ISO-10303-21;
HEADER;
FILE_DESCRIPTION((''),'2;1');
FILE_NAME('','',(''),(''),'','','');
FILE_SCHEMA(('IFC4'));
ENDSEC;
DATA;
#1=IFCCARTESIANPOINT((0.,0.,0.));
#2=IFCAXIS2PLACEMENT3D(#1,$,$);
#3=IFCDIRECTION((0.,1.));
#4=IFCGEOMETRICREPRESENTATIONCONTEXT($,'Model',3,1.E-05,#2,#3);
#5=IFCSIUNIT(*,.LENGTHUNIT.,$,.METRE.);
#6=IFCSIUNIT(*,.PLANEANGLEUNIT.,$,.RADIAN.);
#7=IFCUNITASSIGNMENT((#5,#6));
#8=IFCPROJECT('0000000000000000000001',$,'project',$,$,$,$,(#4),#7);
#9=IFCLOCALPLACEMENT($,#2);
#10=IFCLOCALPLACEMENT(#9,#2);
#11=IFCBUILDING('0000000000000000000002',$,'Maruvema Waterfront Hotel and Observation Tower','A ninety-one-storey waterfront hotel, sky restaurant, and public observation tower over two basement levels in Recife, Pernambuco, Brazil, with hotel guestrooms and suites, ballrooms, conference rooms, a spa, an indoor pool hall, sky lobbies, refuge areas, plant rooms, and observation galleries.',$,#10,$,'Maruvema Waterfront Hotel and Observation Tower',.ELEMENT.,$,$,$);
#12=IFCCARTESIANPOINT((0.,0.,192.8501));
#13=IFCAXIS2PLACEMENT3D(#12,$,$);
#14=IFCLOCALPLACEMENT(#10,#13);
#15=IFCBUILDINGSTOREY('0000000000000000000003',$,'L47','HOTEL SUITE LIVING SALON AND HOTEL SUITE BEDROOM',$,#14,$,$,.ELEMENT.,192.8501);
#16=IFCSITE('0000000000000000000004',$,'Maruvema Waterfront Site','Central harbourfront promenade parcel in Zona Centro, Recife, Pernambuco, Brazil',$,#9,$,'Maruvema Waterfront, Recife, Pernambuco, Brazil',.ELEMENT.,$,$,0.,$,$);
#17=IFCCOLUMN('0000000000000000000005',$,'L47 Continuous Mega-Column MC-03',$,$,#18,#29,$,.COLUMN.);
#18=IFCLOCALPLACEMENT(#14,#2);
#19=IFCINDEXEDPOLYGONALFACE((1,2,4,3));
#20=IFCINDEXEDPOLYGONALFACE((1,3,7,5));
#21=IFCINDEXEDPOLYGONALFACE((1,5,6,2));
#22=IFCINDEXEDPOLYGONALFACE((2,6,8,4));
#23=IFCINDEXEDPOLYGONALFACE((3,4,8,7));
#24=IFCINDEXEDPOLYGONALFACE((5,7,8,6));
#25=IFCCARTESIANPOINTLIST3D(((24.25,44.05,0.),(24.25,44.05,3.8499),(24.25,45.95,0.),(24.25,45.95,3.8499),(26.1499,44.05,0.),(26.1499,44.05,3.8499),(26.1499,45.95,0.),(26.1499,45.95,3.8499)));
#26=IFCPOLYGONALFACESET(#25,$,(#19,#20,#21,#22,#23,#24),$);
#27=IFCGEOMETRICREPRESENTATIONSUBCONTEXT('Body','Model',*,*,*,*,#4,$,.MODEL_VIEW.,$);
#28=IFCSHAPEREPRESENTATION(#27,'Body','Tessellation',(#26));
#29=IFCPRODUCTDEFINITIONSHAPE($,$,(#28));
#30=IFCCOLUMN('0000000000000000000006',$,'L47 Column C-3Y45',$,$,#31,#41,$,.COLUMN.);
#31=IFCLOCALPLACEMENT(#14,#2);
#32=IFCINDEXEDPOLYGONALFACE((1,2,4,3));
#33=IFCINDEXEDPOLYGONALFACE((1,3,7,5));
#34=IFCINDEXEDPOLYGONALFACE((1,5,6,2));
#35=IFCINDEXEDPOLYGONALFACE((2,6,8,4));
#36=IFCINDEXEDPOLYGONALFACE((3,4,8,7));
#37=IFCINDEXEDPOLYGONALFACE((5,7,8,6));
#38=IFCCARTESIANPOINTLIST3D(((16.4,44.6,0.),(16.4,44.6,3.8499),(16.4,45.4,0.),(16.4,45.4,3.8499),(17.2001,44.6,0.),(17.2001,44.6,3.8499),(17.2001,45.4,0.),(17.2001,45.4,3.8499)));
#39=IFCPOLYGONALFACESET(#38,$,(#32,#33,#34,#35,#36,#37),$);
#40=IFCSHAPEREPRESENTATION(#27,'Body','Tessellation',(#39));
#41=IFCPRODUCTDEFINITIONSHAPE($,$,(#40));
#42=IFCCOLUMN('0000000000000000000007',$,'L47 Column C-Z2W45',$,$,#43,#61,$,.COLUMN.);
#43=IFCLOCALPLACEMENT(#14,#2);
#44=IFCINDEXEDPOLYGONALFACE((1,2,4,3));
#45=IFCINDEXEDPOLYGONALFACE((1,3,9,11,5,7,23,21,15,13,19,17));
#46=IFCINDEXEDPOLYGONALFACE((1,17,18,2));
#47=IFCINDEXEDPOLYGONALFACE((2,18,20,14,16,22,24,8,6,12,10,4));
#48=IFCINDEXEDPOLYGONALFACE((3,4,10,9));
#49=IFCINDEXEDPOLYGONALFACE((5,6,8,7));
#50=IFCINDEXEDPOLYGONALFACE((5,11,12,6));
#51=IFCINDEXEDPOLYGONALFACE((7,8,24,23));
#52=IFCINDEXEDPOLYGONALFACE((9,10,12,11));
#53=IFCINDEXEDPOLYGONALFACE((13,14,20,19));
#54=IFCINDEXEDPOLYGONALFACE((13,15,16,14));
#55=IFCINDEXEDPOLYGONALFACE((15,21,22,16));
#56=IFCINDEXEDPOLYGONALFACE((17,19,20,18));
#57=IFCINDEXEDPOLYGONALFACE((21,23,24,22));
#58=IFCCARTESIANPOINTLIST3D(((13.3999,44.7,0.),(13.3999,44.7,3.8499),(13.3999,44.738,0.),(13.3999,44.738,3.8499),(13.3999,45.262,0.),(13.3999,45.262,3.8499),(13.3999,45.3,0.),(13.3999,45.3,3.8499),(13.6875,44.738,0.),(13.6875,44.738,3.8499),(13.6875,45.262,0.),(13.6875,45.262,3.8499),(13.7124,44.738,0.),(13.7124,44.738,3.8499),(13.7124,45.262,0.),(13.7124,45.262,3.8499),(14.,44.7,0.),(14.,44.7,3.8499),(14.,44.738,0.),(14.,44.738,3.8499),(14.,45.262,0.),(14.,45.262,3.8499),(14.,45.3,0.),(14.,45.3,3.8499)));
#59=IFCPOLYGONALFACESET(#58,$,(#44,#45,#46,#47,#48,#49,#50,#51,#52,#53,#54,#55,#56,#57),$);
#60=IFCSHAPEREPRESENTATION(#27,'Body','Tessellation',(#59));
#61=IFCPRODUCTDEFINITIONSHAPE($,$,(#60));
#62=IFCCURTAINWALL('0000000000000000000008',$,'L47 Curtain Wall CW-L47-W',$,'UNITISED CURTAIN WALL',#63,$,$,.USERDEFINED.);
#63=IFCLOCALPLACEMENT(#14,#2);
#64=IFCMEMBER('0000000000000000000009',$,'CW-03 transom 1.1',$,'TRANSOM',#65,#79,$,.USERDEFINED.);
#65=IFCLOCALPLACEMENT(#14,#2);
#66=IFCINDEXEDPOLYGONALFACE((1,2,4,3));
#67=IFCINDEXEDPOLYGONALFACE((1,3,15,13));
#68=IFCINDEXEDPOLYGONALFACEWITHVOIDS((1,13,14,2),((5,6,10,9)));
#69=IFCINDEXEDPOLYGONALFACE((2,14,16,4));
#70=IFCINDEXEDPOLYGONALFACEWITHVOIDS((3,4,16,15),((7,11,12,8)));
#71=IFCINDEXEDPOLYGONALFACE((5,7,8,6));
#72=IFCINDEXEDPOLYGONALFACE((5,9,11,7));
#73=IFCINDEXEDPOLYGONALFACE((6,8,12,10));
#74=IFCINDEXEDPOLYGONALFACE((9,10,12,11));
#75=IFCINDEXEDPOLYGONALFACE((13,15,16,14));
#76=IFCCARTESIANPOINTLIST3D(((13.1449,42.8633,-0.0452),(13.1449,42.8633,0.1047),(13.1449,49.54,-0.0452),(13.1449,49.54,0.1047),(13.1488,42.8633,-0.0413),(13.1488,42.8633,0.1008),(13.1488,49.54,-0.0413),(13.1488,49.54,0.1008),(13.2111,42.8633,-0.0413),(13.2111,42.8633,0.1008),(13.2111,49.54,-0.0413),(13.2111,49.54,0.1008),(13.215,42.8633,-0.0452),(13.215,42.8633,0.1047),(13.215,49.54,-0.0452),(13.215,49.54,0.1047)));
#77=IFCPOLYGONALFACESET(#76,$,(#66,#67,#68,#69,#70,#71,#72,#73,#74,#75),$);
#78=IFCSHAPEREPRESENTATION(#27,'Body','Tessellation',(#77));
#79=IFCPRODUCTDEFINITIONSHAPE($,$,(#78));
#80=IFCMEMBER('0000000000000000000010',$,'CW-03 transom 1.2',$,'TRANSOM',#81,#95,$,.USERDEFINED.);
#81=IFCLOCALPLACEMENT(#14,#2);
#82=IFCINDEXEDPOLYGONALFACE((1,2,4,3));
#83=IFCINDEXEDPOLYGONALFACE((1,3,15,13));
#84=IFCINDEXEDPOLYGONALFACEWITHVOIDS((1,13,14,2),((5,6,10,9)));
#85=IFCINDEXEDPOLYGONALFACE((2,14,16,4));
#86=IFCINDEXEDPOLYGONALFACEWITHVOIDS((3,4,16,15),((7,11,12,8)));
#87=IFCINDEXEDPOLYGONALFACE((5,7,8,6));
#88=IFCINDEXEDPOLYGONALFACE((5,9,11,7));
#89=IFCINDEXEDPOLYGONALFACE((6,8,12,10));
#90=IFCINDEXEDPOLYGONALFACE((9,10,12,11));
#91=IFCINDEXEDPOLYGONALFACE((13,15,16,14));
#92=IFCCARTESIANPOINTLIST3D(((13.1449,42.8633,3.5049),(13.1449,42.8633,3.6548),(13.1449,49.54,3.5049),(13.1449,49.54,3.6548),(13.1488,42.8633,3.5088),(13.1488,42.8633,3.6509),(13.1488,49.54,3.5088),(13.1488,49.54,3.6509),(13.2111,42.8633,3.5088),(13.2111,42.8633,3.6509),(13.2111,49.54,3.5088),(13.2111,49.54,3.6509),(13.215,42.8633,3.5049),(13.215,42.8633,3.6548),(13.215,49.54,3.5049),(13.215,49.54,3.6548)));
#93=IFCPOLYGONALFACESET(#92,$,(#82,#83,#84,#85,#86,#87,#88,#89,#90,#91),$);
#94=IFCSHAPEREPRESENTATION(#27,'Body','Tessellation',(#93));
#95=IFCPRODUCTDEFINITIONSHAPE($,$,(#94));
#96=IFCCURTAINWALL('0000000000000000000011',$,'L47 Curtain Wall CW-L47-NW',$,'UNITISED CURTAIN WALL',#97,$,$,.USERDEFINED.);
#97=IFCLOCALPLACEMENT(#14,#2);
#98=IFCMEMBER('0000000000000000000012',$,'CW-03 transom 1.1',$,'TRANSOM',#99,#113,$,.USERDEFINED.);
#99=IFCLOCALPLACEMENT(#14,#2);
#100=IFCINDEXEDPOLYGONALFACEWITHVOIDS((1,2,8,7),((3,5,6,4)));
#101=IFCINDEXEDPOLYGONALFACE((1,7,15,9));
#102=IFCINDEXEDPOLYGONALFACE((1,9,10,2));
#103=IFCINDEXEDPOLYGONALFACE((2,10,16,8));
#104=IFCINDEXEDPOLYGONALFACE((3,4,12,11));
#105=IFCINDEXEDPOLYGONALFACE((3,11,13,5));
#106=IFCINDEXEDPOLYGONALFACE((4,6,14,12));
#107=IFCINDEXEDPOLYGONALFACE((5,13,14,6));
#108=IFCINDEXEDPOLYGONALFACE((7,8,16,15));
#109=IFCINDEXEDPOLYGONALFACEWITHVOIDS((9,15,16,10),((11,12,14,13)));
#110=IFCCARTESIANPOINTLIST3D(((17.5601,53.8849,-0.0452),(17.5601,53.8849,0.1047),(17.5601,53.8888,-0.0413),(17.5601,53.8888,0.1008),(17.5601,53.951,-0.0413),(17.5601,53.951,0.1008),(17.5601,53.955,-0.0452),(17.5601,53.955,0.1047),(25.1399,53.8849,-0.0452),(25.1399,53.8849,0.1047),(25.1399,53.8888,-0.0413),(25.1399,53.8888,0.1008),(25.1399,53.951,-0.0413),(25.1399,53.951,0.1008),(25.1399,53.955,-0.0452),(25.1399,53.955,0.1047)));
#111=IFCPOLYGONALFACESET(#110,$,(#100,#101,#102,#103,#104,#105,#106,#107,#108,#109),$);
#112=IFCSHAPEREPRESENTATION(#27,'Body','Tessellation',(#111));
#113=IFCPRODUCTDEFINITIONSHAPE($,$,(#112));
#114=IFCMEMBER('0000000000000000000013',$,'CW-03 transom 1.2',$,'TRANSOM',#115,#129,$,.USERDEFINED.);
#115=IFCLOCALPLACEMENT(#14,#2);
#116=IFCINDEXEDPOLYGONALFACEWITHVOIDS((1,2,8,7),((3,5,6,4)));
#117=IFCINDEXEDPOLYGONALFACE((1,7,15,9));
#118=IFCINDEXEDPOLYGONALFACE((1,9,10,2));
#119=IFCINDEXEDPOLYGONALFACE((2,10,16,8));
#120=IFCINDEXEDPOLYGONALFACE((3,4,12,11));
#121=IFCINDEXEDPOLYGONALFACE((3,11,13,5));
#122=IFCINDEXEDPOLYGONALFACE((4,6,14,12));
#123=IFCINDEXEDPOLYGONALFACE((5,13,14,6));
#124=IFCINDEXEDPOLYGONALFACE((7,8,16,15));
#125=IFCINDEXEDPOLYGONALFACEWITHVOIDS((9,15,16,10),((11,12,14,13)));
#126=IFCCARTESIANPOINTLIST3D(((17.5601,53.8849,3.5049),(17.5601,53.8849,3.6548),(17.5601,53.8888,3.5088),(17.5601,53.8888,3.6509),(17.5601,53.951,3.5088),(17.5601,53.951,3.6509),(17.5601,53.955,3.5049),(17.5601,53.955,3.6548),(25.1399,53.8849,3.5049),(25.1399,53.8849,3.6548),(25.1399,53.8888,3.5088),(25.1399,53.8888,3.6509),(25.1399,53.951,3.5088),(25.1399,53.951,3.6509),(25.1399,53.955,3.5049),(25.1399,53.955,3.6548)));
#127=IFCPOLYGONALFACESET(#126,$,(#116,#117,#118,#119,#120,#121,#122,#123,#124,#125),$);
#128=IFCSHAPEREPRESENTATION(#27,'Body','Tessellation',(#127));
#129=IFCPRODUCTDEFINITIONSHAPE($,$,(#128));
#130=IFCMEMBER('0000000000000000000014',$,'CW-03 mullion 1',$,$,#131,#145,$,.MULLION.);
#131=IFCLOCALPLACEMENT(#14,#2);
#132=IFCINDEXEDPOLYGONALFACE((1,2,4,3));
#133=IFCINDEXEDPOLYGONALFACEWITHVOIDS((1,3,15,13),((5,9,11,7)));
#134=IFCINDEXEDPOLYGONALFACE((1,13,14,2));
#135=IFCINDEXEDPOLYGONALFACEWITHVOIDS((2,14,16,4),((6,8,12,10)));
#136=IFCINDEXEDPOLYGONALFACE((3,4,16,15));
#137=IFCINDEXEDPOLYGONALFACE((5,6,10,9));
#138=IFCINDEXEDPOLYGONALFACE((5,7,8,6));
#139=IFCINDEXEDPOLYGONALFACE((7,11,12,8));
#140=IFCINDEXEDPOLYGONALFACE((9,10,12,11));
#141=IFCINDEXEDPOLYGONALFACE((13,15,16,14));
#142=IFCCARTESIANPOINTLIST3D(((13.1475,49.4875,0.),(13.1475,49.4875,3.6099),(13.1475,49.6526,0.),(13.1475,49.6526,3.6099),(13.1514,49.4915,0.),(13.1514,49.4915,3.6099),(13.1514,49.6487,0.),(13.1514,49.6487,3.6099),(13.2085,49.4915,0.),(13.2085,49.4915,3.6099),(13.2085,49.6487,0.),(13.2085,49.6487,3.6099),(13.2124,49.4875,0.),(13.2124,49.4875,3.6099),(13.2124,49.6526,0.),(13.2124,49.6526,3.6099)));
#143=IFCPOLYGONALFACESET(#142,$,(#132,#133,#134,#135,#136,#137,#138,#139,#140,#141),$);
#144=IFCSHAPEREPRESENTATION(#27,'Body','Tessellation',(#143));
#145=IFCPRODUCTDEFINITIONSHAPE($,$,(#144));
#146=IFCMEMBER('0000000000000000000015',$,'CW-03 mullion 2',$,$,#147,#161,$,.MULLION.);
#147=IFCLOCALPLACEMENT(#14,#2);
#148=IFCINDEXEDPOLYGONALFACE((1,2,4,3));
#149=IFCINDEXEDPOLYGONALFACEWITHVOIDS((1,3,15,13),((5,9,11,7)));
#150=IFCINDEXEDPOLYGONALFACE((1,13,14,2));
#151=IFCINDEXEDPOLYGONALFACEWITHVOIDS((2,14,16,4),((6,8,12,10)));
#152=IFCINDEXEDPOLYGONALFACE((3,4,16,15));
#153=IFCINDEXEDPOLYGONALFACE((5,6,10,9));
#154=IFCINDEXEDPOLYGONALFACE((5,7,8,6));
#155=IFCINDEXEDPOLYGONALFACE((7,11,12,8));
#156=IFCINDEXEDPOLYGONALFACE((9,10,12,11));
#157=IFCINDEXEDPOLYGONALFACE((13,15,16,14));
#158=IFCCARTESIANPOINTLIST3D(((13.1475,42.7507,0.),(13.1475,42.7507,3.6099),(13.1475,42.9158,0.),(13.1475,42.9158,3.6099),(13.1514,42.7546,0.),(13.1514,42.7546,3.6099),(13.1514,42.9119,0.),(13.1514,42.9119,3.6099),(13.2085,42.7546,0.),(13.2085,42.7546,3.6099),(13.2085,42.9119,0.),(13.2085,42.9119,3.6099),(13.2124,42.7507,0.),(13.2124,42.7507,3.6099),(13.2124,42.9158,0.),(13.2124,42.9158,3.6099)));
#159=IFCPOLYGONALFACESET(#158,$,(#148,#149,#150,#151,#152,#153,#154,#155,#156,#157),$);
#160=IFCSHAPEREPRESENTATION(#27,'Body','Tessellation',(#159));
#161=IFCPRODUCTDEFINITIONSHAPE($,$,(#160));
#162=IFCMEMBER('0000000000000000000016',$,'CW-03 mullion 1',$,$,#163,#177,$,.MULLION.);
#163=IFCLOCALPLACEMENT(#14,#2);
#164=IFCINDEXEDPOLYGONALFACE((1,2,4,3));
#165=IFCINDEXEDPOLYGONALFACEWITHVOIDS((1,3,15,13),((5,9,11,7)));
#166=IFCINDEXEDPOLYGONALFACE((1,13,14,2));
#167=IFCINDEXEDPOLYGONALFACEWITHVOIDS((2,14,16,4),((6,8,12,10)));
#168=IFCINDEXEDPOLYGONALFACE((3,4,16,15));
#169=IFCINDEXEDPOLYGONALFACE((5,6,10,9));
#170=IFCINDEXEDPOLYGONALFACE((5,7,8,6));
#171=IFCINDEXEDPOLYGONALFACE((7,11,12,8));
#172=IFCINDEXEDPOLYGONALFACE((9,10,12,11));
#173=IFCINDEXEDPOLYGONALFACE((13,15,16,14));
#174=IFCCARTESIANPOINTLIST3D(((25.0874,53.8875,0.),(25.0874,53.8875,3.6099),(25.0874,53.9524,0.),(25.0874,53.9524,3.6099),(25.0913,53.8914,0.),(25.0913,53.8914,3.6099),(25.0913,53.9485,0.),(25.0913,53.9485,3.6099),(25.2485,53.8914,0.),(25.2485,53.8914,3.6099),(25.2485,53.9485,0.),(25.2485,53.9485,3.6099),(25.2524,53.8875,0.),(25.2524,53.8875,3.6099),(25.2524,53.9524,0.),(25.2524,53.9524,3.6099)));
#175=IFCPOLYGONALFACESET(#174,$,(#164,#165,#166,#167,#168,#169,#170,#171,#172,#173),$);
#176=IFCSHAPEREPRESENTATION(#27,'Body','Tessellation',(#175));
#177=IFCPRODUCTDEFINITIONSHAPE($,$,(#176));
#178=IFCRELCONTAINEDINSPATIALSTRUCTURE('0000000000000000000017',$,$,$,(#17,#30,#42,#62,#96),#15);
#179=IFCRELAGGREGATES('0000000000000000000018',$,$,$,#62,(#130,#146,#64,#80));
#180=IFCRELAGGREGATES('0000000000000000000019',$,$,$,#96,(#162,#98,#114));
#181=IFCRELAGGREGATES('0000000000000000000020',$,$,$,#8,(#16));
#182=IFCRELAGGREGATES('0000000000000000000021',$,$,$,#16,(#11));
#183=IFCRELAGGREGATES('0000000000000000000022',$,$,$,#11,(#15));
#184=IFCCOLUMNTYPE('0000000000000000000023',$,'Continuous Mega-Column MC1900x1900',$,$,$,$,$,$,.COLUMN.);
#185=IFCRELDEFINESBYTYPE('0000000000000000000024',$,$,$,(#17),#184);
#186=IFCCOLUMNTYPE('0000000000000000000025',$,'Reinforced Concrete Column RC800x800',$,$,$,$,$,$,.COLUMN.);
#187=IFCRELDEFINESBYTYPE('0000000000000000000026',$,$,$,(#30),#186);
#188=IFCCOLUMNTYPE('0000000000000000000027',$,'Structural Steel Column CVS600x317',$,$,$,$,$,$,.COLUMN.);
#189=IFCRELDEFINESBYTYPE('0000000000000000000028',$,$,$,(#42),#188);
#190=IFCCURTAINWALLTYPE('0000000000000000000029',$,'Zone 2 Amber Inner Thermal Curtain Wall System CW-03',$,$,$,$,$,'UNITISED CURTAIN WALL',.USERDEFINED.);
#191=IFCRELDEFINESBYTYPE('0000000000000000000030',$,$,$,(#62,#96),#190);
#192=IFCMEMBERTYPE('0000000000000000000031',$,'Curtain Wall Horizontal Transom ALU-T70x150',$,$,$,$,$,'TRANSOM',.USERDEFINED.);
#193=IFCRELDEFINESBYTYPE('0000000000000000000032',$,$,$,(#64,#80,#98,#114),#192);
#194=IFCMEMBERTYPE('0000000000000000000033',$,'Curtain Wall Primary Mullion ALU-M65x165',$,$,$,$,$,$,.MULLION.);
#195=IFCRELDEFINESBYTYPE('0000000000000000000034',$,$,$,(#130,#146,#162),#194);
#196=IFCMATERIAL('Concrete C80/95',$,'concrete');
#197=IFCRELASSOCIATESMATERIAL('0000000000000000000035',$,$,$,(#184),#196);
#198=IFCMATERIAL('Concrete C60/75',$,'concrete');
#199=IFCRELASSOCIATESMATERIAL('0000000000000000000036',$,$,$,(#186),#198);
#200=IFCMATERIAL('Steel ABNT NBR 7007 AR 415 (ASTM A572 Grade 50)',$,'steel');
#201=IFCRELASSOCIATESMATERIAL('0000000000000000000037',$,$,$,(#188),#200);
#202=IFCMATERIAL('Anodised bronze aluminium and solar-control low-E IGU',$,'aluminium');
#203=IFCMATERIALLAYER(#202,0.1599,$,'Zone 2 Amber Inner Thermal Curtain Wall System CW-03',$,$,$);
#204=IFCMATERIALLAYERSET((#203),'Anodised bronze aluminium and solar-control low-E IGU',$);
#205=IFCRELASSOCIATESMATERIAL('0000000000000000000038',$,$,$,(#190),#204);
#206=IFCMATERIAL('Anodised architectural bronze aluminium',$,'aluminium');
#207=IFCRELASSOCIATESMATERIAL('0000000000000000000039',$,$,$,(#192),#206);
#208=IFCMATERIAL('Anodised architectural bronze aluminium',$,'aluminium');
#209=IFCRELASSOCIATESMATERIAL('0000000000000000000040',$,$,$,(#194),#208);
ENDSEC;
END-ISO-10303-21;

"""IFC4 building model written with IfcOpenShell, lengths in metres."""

from ifc_helpers import new_model, si_unit, direction, frame, origin, origin_2d, place, context, subcontext, project, spatial, rectangle, hollow_rectangle, i_section, extrude, material, layer, layer_set, material_profile, profile_set, type_object, element, aggregate, save


model = new_model("IFC4")

# Units and contexts
model_context = context("Model", 3, precision=1e-05, world=origin(), true_north=direction((0.0, 1.0)))
body_context = subcontext(model_context, "Body", "Model", "MODEL_VIEW")
ifc_project = project(units=[si_unit("LENGTHUNIT", "METRE"), si_unit("PLANEANGLEUNIT", "RADIAN")], contexts=[model_context])

# Site, building, storey
site_placement = place(None, origin())
site = spatial("IfcSite", under=ifc_project, at=site_placement, Name="Maruvema Waterfront Site", Description="Central harbourfront promenade parcel in Zona Centro, Recife, Pernambuco, Brazil", LongName="Maruvema Waterfront, Recife, Pernambuco, Brazil", CompositionType="ELEMENT", RefElevation=0.0)
building_placement = place(site_placement, origin())
building = spatial("IfcBuilding", under=site, at=building_placement, Name="Maruvema Waterfront Hotel and Observation Tower", Description="A ninety-one-storey waterfront hotel, sky restaurant, and public observation tower over two basement levels in Recife, Pernambuco, Brazil, with hotel guestrooms and suites, ballrooms, conference rooms, a spa, an indoor pool hall, sky lobbies, refuge areas, plant rooms, and observation galleries.", LongName="Maruvema Waterfront Hotel and Observation Tower", CompositionType="ELEMENT")
storey_placement = place(building_placement, frame((0.0, 0.0, 192.8501)))
storey = spatial("IfcBuildingStorey", under=building, at=storey_placement, Name="L47", Description="HOTEL SUITE LIVING SALON AND HOTEL SUITE BEDROOM", CompositionType="ELEMENT", Elevation=192.8501)

# Columns
ifc_material_1 = material(Name="Concrete C80/95", Category="concrete")
ifc_material_profile_1 = material_profile(ifc_material_1, rectangle(XDim=1.8999, YDim=1.8999, at=origin_2d()), Name="MC1900x1900")
ifc_profile_set_1 = profile_set([ifc_material_profile_1], Name="Concrete C80/95")
column_type_1 = type_object("IfcColumnType", Name="Continuous Mega-Column MC1900x1900", PredefinedType="COLUMN", material=ifc_profile_set_1)
column_1_placement = place(storey_placement, frame((25.2, 45.0, 0.0), z_axis=(0.0, 0.0, 1.0), x_axis=(1.0, 0.0, 0.0)))
element("IfcColumn", 1, at=column_1_placement, inside=storey, type_object=column_type_1, Name="L47 Continuous Mega-Column MC-03", PredefinedType="COLUMN", context=body_context, shape_type="SweptSolid", body=[
    extrude(rectangle(XDim=1.8999, YDim=1.8999, at=origin_2d()), origin(), (0.0, 0.0, 1.0), 3.8499),
])
ifc_material_2 = material(Name="Concrete C60/75", Category="concrete")
ifc_material_profile_2 = material_profile(ifc_material_2, rectangle(XDim=0.8, YDim=0.8, at=origin_2d()), Name="RC800x800")
ifc_profile_set_2 = profile_set([ifc_material_profile_2], Name="Concrete C60/75")
column_type_2 = type_object("IfcColumnType", Name="Reinforced Concrete Column RC800x800", PredefinedType="COLUMN", material=ifc_profile_set_2)
column_2_placement = place(storey_placement, frame((16.8, 45.0, 0.0), z_axis=(0.0, 0.0, 1.0), x_axis=(1.0, 0.0, 0.0)))
element("IfcColumn", 2, at=column_2_placement, inside=storey, type_object=column_type_2, Name="L47 Column C-3Y45", PredefinedType="COLUMN", context=body_context, shape_type="SweptSolid", body=[
    extrude(rectangle(XDim=0.8, YDim=0.8, at=origin_2d()), origin(), (0.0, 0.0, 1.0), 3.8499),
])
ifc_material_3 = material(Name="Steel ABNT NBR 7007 AR 415 (ASTM A572 Grade 50)", Category="steel")
ifc_material_profile_3 = material_profile(ifc_material_3, i_section(OverallWidth=0.6001, OverallDepth=0.6001, WebThickness=0.0249, FlangeThickness=0.0381, at=origin_2d()), Name="CVS600x317")
ifc_profile_set_3 = profile_set([ifc_material_profile_3], Name="Steel ABNT NBR 7007 AR 415 (ASTM A572 Grade 50)")
column_type_3 = type_object("IfcColumnType", Name="Structural Steel Column CVS600x317", PredefinedType="COLUMN", material=ifc_profile_set_3)
column_3_placement = place(storey_placement, frame((13.7, 45.0, 0.0), z_axis=(0.0, 0.0, 1.0), x_axis=(1.0, 0.0, 0.0)))
element("IfcColumn", 3, at=column_3_placement, inside=storey, type_object=column_type_3, Name="L47 Column C-Z2W45", PredefinedType="COLUMN", context=body_context, shape_type="SweptSolid", body=[
    extrude(i_section(OverallWidth=0.6001, OverallDepth=0.6001, WebThickness=0.0249, FlangeThickness=0.0381, at=origin_2d()), origin(), (0.0, 0.0, 1.0), 3.8499),
])

# Curtain walls, members
ifc_material_4 = material(Name="Anodised bronze aluminium and solar-control low-E IGU", Category="aluminium")
ifc_layer_1 = layer(ifc_material_4, 0.1599, Name="Zone 2 Amber Inner Thermal Curtain Wall System CW-03")
ifc_layer_set_1 = layer_set([ifc_layer_1], Name="Anodised bronze aluminium and solar-control low-E IGU")
curtain_wall_type = type_object("IfcCurtainWallType", Name="Zone 2 Amber Inner Thermal Curtain Wall System CW-03", ElementType="UNITISED CURTAIN WALL", PredefinedType="USERDEFINED", material=ifc_layer_set_1)
curtain_wall_1_placement = place(storey_placement, origin())
curtain_wall_1 = element("IfcCurtainWall", 4, at=curtain_wall_1_placement, inside=storey, type_object=curtain_wall_type, Name="L47 Curtain Wall CW-L47-W", ObjectType="UNITISED CURTAIN WALL", PredefinedType="USERDEFINED")
ifc_material_5 = material(Name="Anodised architectural bronze aluminium", Category="aluminium")
ifc_material_profile_4 = material_profile(ifc_material_5, hollow_rectangle(XDim=0.0701, YDim=0.1499, WallThickness=0.0039, at=origin_2d()), Name="ALU-T70x150")
ifc_profile_set_4 = profile_set([ifc_material_profile_4], Name="Anodised architectural bronze aluminium")
member_type_1 = type_object("IfcMemberType", Name="Curtain Wall Horizontal Transom ALU-T70x150", ElementType="TRANSOM", PredefinedType="USERDEFINED", material=ifc_profile_set_4)
member_1_placement = place(storey_placement, frame((13.1799, 49.54, 0.0298), z_axis=(0.0, -1.0, 0.0), x_axis=(1.0, 0.0, 0.0)))
member_1 = element("IfcMember", 5, at=member_1_placement, type_object=member_type_1, Name="CW-03 transom 1.1", ObjectType="TRANSOM", PredefinedType="USERDEFINED", context=body_context, shape_type="SweptSolid", body=[
    extrude(hollow_rectangle(XDim=0.0701, YDim=0.1499, WallThickness=0.0039, at=origin_2d()), origin(), (0.0, 0.0, 1.0), 6.6768),
])
member_2_placement = place(storey_placement, frame((13.1799, 49.54, 3.5798), z_axis=(0.0, -1.0, 0.0), x_axis=(1.0, 0.0, 0.0)))
member_2 = element("IfcMember", 6, at=member_2_placement, type_object=member_type_1, Name="CW-03 transom 1.2", ObjectType="TRANSOM", PredefinedType="USERDEFINED", context=body_context, shape_type="SweptSolid", body=[
    extrude(hollow_rectangle(XDim=0.0701, YDim=0.1499, WallThickness=0.0039, at=origin_2d()), origin(), (0.0, 0.0, 1.0), 6.6768),
])
curtain_wall_2_placement = place(storey_placement, origin())
curtain_wall_2 = element("IfcCurtainWall", 7, at=curtain_wall_2_placement, inside=storey, type_object=curtain_wall_type, Name="L47 Curtain Wall CW-L47-NW", ObjectType="UNITISED CURTAIN WALL", PredefinedType="USERDEFINED")
member_3_placement = place(storey_placement, frame((25.1399, 53.9199, 0.0298), z_axis=(-1.0, 0.0, 0.0), x_axis=(0.0, -1.0, 0.0)))
member_3 = element("IfcMember", 8, at=member_3_placement, type_object=member_type_1, Name="CW-03 transom 1.1", ObjectType="TRANSOM", PredefinedType="USERDEFINED", context=body_context, shape_type="SweptSolid", body=[
    extrude(hollow_rectangle(XDim=0.0701, YDim=0.1499, WallThickness=0.0039, at=origin_2d()), origin(), (0.0, 0.0, 1.0), 7.5798),
])
member_4_placement = place(storey_placement, frame((25.1399, 53.9199, 3.5798), z_axis=(-1.0, 0.0, 0.0), x_axis=(0.0, -1.0, 0.0)))
member_4 = element("IfcMember", 9, at=member_4_placement, type_object=member_type_1, Name="CW-03 transom 1.2", ObjectType="TRANSOM", PredefinedType="USERDEFINED", context=body_context, shape_type="SweptSolid", body=[
    extrude(hollow_rectangle(XDim=0.0701, YDim=0.1499, WallThickness=0.0039, at=origin_2d()), origin(), (0.0, 0.0, 1.0), 7.5798),
])

# Members
ifc_material_6 = material(Name="Anodised architectural bronze aluminium", Category="aluminium")
ifc_material_profile_5 = material_profile(ifc_material_6, hollow_rectangle(XDim=0.0649, YDim=0.165, WallThickness=0.0039, at=origin_2d()), Name="ALU-M65x165")
ifc_profile_set_5 = profile_set([ifc_material_profile_5], Name="Anodised architectural bronze aluminium")
member_type_2 = type_object("IfcMemberType", Name="Curtain Wall Primary Mullion ALU-M65x165", PredefinedType="MULLION", material=ifc_profile_set_5)
member_5_placement = place(storey_placement, frame((13.1799, 49.5701, 0.0), z_axis=(0.0, 0.0, 1.0), x_axis=(1.0, 0.0, 0.0)))
member_5 = element("IfcMember", 10, at=member_5_placement, type_object=member_type_2, Name="CW-03 mullion 1", PredefinedType="MULLION", context=body_context, shape_type="SweptSolid", body=[
    extrude(hollow_rectangle(XDim=0.0649, YDim=0.165, WallThickness=0.0039, at=origin_2d()), origin(), (0.0, 0.0, 1.0), 3.6099),
])
member_6_placement = place(storey_placement, frame((13.1799, 42.8333, 0.0), z_axis=(0.0, 0.0, 1.0), x_axis=(1.0, 0.0, 0.0)))
member_6 = element("IfcMember", 11, at=member_6_placement, type_object=member_type_2, Name="CW-03 mullion 2", PredefinedType="MULLION", context=body_context, shape_type="SweptSolid", body=[
    extrude(hollow_rectangle(XDim=0.0649, YDim=0.165, WallThickness=0.0039, at=origin_2d()), origin(), (0.0, 0.0, 1.0), 3.6099),
])
member_7_placement = place(storey_placement, frame((25.1699, 53.9199, 0.0), z_axis=(0.0, 0.0, 1.0), x_axis=(0.0, -1.0, 0.0)))
member_7 = element("IfcMember", 12, at=member_7_placement, type_object=member_type_2, Name="CW-03 mullion 1", PredefinedType="MULLION", context=body_context, shape_type="SweptSolid", body=[
    extrude(hollow_rectangle(XDim=0.0649, YDim=0.165, WallThickness=0.0039, at=origin_2d()), origin(), (0.0, 0.0, 1.0), 3.6099),
])

aggregate(curtain_wall_1, [member_5, member_6, member_1, member_2])
aggregate(curtain_wall_2, [member_7, member_3, member_4])

save(model, "model.ifc")
